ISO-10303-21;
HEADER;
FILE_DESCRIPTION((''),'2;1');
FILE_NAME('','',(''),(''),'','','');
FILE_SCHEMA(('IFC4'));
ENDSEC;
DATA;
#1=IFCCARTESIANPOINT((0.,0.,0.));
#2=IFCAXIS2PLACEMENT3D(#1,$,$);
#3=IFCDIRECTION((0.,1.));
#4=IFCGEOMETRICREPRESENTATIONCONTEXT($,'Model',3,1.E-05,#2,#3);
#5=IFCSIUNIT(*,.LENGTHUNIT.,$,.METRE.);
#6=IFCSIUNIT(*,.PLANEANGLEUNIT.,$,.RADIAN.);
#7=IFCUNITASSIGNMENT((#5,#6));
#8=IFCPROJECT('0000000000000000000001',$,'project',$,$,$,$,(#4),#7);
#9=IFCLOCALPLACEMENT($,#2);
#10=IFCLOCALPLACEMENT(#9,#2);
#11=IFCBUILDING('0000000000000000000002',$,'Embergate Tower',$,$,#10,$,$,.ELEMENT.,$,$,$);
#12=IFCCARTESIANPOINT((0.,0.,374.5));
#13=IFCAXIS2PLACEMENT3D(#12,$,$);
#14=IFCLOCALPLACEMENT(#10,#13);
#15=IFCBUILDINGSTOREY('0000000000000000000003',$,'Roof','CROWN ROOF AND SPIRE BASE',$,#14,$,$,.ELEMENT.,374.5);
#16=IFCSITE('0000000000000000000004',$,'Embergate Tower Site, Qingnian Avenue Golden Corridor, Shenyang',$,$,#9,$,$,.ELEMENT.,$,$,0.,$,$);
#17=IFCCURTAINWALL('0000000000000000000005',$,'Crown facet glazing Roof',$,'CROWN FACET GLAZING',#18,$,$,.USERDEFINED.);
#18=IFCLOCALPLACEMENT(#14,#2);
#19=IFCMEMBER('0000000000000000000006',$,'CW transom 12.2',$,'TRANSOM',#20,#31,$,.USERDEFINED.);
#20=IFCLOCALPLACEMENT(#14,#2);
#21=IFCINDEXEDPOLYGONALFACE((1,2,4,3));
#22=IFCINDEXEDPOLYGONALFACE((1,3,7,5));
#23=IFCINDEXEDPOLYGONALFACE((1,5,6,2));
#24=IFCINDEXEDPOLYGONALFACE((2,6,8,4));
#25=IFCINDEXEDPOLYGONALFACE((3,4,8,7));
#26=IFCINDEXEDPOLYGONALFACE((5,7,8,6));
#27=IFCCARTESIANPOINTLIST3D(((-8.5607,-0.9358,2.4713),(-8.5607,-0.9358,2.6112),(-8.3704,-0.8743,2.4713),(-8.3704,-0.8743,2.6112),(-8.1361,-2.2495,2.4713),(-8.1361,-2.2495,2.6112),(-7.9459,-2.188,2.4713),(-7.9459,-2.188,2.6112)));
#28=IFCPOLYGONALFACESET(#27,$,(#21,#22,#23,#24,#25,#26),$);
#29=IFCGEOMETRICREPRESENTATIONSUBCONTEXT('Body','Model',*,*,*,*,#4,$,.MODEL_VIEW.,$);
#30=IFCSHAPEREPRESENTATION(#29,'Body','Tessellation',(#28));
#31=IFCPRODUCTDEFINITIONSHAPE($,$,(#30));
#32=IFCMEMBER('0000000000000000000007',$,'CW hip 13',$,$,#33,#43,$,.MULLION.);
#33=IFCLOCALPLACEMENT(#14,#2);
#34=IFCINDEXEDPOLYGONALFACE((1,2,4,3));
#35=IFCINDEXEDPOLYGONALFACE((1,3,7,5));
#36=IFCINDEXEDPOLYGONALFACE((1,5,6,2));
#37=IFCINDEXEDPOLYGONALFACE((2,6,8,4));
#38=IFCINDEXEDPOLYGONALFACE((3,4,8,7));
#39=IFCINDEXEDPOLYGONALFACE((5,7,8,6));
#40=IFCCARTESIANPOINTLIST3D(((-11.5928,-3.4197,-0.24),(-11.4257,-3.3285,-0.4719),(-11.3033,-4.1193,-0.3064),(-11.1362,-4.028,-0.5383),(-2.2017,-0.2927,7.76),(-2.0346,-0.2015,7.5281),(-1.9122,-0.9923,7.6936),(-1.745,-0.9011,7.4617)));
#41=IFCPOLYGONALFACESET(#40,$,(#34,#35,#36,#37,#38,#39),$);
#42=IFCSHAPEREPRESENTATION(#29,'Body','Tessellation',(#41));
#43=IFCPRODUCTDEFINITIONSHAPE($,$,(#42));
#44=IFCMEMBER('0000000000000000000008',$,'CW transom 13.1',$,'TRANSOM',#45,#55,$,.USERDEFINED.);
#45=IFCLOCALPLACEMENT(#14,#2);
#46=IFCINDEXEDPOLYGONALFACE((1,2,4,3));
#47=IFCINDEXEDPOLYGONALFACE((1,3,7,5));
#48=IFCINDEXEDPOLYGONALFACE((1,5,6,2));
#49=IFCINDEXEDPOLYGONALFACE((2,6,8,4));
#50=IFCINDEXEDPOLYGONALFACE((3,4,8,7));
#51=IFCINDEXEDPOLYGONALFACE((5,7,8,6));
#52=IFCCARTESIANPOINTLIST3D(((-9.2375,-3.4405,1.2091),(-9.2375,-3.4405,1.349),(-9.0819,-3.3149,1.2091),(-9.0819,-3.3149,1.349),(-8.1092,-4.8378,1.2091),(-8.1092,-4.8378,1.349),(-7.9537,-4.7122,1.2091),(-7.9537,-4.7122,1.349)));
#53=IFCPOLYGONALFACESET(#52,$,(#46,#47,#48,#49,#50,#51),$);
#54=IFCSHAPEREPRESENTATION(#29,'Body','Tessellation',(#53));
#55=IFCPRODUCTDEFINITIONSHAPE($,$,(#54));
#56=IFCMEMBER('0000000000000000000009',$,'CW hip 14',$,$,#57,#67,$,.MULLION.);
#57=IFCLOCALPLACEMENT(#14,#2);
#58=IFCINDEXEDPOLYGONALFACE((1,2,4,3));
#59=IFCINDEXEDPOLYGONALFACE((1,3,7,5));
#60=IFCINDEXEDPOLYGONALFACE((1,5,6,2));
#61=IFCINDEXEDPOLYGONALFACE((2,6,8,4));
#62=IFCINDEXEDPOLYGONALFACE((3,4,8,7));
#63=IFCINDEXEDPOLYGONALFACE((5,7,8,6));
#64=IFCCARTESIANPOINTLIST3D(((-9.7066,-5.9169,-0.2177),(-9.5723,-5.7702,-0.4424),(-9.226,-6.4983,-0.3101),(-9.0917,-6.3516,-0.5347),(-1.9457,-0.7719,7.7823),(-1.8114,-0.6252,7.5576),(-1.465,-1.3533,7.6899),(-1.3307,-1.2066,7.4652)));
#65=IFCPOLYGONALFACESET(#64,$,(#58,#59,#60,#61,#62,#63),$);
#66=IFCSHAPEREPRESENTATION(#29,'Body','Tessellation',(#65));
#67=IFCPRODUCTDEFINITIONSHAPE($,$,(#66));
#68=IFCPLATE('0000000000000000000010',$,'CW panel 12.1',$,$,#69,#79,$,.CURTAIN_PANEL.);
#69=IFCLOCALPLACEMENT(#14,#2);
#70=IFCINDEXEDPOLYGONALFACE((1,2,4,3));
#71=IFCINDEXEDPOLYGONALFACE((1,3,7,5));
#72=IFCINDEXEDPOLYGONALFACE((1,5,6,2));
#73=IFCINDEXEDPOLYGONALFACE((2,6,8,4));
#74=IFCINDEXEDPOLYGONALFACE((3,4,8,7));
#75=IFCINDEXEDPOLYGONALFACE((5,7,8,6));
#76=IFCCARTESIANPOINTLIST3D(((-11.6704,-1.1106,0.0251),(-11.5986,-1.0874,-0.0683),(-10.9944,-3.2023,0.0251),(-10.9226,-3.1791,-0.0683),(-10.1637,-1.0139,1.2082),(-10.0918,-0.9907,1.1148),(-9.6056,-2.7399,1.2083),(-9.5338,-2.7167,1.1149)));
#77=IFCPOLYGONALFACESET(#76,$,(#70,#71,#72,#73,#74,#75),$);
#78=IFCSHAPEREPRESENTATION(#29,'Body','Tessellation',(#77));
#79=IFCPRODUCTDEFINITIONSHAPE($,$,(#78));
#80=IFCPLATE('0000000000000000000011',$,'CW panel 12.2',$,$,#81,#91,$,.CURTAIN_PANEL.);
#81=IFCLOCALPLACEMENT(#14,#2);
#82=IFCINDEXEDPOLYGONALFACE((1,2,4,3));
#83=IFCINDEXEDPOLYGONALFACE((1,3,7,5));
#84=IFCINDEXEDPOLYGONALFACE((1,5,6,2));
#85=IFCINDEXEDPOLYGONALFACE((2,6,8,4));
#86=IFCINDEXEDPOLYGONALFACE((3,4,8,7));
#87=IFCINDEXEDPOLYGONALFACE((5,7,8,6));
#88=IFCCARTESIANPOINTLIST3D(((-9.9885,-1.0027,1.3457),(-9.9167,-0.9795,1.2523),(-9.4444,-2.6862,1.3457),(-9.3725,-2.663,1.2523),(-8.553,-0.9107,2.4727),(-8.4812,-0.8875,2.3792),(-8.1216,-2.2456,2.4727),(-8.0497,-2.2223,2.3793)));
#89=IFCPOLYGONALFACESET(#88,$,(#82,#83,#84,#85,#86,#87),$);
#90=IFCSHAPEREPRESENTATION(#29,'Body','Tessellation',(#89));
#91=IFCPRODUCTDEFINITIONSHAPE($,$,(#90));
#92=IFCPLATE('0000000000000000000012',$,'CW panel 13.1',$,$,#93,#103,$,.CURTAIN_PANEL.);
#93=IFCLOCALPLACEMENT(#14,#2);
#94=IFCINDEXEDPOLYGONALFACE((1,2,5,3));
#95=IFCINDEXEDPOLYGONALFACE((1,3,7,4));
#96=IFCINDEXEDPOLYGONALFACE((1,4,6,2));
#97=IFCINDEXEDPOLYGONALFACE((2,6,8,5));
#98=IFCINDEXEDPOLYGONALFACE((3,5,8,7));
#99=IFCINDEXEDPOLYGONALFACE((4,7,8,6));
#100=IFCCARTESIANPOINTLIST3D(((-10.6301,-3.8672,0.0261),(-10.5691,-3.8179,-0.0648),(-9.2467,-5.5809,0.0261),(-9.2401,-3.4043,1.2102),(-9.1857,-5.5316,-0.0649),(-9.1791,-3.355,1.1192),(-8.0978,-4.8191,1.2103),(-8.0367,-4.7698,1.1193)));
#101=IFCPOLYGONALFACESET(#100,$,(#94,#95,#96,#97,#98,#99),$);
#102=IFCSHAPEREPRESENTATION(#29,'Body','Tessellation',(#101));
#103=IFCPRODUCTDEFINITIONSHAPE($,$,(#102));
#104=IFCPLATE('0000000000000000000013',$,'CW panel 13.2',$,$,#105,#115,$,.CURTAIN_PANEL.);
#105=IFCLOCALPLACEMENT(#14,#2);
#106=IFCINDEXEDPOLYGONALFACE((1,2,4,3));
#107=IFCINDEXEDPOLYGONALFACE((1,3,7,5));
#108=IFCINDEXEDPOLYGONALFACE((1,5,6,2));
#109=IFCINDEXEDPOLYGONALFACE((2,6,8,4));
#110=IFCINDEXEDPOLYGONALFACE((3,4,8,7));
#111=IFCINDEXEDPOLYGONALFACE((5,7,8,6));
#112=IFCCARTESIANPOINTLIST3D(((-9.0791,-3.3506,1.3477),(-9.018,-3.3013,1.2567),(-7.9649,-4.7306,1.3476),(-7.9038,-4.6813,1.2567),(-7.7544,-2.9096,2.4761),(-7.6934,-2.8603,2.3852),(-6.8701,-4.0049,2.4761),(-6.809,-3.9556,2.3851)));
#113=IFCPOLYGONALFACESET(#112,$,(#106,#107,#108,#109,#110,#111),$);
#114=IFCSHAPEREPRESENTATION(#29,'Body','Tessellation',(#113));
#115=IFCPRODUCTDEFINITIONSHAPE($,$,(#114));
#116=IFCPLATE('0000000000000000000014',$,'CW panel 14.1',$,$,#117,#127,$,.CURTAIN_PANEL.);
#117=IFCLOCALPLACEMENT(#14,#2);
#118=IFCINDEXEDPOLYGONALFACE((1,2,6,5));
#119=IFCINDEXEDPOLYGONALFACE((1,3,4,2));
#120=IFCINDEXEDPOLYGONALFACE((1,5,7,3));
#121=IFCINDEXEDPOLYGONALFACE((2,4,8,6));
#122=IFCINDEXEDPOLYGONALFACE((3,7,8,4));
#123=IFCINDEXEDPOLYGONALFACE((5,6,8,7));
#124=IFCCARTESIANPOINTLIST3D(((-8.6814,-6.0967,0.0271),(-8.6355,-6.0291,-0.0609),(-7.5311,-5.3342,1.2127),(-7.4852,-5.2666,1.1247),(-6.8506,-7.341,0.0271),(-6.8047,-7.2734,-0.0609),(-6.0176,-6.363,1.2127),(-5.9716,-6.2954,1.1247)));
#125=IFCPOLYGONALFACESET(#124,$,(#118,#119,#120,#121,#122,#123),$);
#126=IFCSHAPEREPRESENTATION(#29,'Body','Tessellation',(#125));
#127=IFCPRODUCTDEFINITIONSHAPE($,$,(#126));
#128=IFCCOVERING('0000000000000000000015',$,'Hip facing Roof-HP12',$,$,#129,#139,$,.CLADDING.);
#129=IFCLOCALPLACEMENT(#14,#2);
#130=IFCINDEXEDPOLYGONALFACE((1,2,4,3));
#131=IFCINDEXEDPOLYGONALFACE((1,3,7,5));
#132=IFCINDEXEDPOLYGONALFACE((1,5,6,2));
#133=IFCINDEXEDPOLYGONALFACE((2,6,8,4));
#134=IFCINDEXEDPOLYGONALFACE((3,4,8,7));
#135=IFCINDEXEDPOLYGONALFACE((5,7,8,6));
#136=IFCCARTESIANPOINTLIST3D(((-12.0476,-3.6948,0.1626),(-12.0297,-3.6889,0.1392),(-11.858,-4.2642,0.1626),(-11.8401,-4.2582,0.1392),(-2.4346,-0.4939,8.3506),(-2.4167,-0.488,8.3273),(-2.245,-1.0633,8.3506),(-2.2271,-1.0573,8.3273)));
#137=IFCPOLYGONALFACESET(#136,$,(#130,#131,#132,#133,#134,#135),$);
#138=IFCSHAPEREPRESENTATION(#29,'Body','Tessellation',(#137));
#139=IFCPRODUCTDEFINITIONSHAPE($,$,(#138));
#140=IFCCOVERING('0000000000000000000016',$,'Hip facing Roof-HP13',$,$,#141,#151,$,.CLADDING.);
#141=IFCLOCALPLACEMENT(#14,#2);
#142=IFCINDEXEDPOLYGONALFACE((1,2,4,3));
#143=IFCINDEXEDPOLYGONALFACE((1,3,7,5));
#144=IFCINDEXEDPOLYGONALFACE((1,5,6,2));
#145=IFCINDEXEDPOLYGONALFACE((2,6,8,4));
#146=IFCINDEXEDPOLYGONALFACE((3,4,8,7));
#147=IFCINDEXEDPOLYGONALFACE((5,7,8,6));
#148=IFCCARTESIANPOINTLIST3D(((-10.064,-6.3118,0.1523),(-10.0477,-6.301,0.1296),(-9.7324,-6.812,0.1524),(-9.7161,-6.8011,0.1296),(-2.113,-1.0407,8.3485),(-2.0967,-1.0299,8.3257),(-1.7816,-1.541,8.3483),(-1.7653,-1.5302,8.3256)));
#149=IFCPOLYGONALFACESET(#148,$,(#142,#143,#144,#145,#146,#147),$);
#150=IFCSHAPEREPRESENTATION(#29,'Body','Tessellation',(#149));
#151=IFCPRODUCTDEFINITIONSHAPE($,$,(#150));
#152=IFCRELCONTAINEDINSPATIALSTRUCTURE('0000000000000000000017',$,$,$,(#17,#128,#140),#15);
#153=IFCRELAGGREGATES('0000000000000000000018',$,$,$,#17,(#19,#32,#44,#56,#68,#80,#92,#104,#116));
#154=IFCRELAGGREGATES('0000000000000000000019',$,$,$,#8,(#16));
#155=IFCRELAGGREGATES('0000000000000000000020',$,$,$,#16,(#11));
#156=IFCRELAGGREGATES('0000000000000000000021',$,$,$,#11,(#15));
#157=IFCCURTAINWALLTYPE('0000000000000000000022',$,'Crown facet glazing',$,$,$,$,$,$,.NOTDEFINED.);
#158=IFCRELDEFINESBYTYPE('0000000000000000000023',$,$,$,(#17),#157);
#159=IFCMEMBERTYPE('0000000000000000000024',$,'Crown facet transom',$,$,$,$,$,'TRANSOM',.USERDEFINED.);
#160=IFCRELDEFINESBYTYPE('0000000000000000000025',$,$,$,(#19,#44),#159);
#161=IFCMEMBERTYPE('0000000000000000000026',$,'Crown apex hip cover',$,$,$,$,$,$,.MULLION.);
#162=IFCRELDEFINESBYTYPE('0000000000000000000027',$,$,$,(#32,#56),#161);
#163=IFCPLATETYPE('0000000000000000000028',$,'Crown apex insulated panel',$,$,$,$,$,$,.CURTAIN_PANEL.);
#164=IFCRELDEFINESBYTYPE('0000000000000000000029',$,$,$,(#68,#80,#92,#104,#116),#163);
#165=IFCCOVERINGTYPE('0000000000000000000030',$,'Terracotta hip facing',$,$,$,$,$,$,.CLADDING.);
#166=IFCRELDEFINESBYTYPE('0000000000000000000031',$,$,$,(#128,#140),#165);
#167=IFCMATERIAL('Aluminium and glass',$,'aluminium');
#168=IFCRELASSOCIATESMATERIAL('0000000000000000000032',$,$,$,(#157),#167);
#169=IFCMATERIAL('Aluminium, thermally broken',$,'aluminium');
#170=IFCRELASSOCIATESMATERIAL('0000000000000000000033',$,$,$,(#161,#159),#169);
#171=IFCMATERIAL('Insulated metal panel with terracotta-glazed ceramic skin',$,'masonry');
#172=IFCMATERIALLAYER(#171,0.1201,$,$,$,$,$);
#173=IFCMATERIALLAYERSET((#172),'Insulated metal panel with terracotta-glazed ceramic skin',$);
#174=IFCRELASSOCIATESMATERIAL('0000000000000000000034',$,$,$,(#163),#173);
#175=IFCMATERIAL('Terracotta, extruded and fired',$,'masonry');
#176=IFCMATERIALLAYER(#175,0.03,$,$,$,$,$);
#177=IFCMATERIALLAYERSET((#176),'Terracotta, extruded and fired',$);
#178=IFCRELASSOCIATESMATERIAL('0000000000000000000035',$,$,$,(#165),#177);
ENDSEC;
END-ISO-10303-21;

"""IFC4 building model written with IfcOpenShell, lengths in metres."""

from ifc_helpers import new_model, si_unit, direction, frame, origin, origin_2d, place, context, subcontext, project, spatial, polyline, rectangle, outline, extrude, source, transform, mapped, material, layer, layer_set, material_profile, profile_set, type_object, element, aggregate, save


model = new_model("IFC4")

# Units and contexts
model_context = context("Model", 3, precision=1e-05, world=origin(), true_north=direction((0.0, 1.0)))
body_context = subcontext(model_context, "Body", "Model", "MODEL_VIEW")
ifc_project = project(units=[si_unit("LENGTHUNIT", "METRE"), si_unit("PLANEANGLEUNIT", "RADIAN")], contexts=[model_context])

# Site, building, storey
site_placement = place(None, origin())
site = spatial("IfcSite", under=ifc_project, at=site_placement, Name="Embergate Tower Site, Qingnian Avenue Golden Corridor, Shenyang", CompositionType="ELEMENT", RefElevation=0.0)
building_placement = place(site_placement, origin())
building = spatial("IfcBuilding", under=site, at=building_placement, Name="Embergate Tower", CompositionType="ELEMENT")
storey_placement = place(building_placement, frame((0.0, 0.0, 374.5)))
storey = spatial("IfcBuildingStorey", under=building, at=storey_placement, Name="Roof", Description="CROWN ROOF AND SPIRE BASE", CompositionType="ELEMENT", Elevation=374.5)

# Curtain wall, members, plates
ifc_material_1 = material(Name="Aluminium and glass", Category="aluminium")
curtain_wall_type = type_object("IfcCurtainWallType", Name="Crown facet glazing", PredefinedType="NOTDEFINED", material=ifc_material_1)
curtain_wall_placement = place(storey_placement, origin())
curtain_wall = element("IfcCurtainWall", 1, at=curtain_wall_placement, inside=storey, type_object=curtain_wall_type, Name="Crown facet glazing Roof", ObjectType="CROWN FACET GLAZING", PredefinedType="USERDEFINED")
ifc_material_2 = material(Name="Aluminium, thermally broken", Category="aluminium")
ifc_material_profile_1 = material_profile(ifc_material_2, rectangle(XDim=0.3, YDim=0.76, at=origin_2d()), Name="AL 760x300")
ifc_profile_set_1 = profile_set([ifc_material_profile_1], Name="Aluminium, thermally broken")
member_type_1 = type_object("IfcMemberType", Name="Crown apex hip cover", PredefinedType="MULLION", material=ifc_profile_set_1)
ifc_material_profile_2 = material_profile(ifc_material_2, rectangle(XDim=0.2, YDim=0.1399, at=origin_2d()), Name="AL 140x200")
ifc_profile_set_2 = profile_set([ifc_material_profile_2], Name="Aluminium, thermally broken")
member_type_2 = type_object("IfcMemberType", Name="Crown facet transom", ElementType="TRANSOM", PredefinedType="USERDEFINED", material=ifc_profile_set_2)
shared_shape_1 = source(origin(), body_context, "Body", "SweptSolid", [
    extrude(rectangle(XDim=0.2, YDim=0.1399, at=origin_2d()), origin(), (0.0, 0.0, 1.0), 1.3806),
])
member_1_placement = place(storey_placement, frame((-8.4656, -0.905, 2.5413), z_axis=(0.307514, -0.951543, 0.0), x_axis=(0.951543, 0.307514, 0.0)))
member_1 = element("IfcMember", 2, at=member_1_placement, type_object=member_type_2, Name="CW transom 12.2", ObjectType="TRANSOM", PredefinedType="USERDEFINED", context=body_context, shape_type="MappedRepresentation", body=[
    mapped(shared_shape_1, transform((0.0, 0.0, 0.0))),
])
shared_shape_2 = source(origin(), body_context, "Body", "SweptSolid", [
    extrude(rectangle(XDim=0.3, YDim=0.76, at=origin_2d()), origin(), (0.0, 0.0, 1.0), 12.7268),
])
member_2_placement = place(storey_placement, frame((-11.3645, -3.7239, -0.3892), z_axis=(0.737902, 0.245699, 0.628596), x_axis=(-0.557107, -0.303989, 0.772802)))
member_2 = element("IfcMember", 3, at=member_2_placement, type_object=member_type_1, Name="CW hip 13", PredefinedType="MULLION", context=body_context, shape_type="MappedRepresentation", body=[
    mapped(shared_shape_2, transform((0.0, 0.0, 0.0))),
])
shared_shape_3 = source(origin(), body_context, "Body", "SweptSolid", [
    extrude(rectangle(XDim=0.2, YDim=0.1399, at=origin_2d()), origin(), (0.0, 0.0, 1.0), 1.7959),
])
member_3_placement = place(storey_placement, frame((-9.1597, -3.3777, 1.2791), z_axis=(0.62822, -0.778036, 0.0), x_axis=(0.778036, 0.62822, 0.0)))
member_3 = element("IfcMember", 4, at=member_3_placement, type_object=member_type_2, Name="CW transom 13.1", ObjectType="TRANSOM", PredefinedType="USERDEFINED", context=body_context, shape_type="MappedRepresentation", body=[
    mapped(shared_shape_3, transform((0.0, 0.0, 0.0))),
])
shared_shape_4 = source(origin(), body_context, "Body", "SweptSolid", [
    extrude(rectangle(XDim=0.3, YDim=0.76, at=origin_2d()), origin(), (0.0, 0.0, 1.0), 12.2761),
])
member_4_placement = place(storey_placement, frame((-9.3992, -6.1343, -0.3762), z_axis=(0.6322, 0.419107, 0.65167), x_axis=(-0.447606, -0.488971, 0.748703)))
member_4 = element("IfcMember", 5, at=member_4_placement, type_object=member_type_1, Name="CW hip 14", PredefinedType="MULLION", context=body_context, shape_type="MappedRepresentation", body=[
    mapped(shared_shape_4, transform((0.0, 0.0, 0.0))),
])
ifc_material_3 = material(Name="Insulated metal panel with terracotta-glazed ceramic skin", Category="masonry")
ifc_layer_1 = layer(ifc_material_3, 0.1201)
ifc_layer_set_1 = layer_set([ifc_layer_1], Name="Insulated metal panel with terracotta-glazed ceramic skin")
plate_type = type_object("IfcPlateType", Name="Crown apex insulated panel", PredefinedType="CURTAIN_PANEL", material=ifc_layer_set_1)
shared_shape_5 = source(origin(), body_context, "Body", "SweptSolid", [
    extrude(outline(polyline([(0.0, 0.0), (2.1982, 0.0), (2.1853, 1.8821), (0.3713, 1.8818), (0.0, 0.0)])), origin(), (0.0, 0.0, -1.0), 0.1201),
])
plate_1_placement = place(storey_placement, frame((-11.6704, -1.1106, 0.0251), z_axis=(-0.598193, -0.193328, 0.777682), x_axis=(0.307521, -0.951541, -0.000003)))
plate_1 = element("IfcPlate", 6, at=plate_1_placement, type_object=plate_type, Name="CW panel 12.1", PredefinedType="CURTAIN_PANEL", context=body_context, shape_type="MappedRepresentation", body=[
    mapped(shared_shape_5, transform((0.0, 0.0, 0.0))),
])
shared_shape_6 = source(origin(), body_context, "Body", "SweptSolid", [
    extrude(outline(polyline([(0.0, 0.0), (1.7693, 0.0), (1.7568, 1.7927), (0.354, 1.7927), (0.0, 0.0)])), origin(), (0.0, 0.0, -1.0), 0.1201),
])
plate_2_placement = place(storey_placement, frame((-9.9885, -1.0027, 1.3457), z_axis=(-0.598158, -0.193323, 0.77771), x_axis=(0.307551, -0.951531, 0.000015)))
plate_2 = element("IfcPlate", 7, at=plate_2_placement, type_object=plate_type, Name="CW panel 12.2", PredefinedType="CURTAIN_PANEL", context=body_context, shape_type="MappedRepresentation", body=[
    mapped(shared_shape_6, transform((0.0, 0.0, 0.0))),
])
shared_shape_7 = source(origin(), body_context, "Body", "SweptSolid", [
    extrude(outline(polyline([(0.0, 0.0), (2.2024, 0.0), (2.3313, 1.8127), (0.5129, 1.8125), (0.0, 0.0)])), origin(), (0.0, 0.0, -1.0), 0.1201),
])
plate_3_placement = place(storey_placement, frame((-10.6301, -3.8672, 0.0261), z_axis=(-0.508296, -0.410358, 0.757127), x_axis=(0.62814, -0.778101, -0.000025)))
plate_3 = element("IfcPlate", 8, at=plate_3_placement, type_object=plate_type, Name="CW panel 13.1", PredefinedType="CURTAIN_PANEL", context=body_context, shape_type="MappedRepresentation", body=[
    mapped(shared_shape_7, transform((0.0, 0.0, 0.0))),
])
shared_shape_8 = source(origin(), body_context, "Body", "SweptSolid", [
    extrude(outline(polyline([(0.0, 0.0), (1.7737, 0.0), (1.8967, 1.7273), (0.489, 1.7273), (0.0, 0.0)])), origin(), (0.0, 0.0, -1.0), 0.1201),
])
plate_4_placement = place(storey_placement, frame((-9.0791, -3.3506, 1.3477), z_axis=(-0.508308, -0.410396, 0.757098), x_axis=(0.628184, -0.778065, -0.000006)))
plate_4 = element("IfcPlate", 9, at=plate_4_placement, type_object=plate_type, Name="CW panel 13.2", PredefinedType="CURTAIN_PANEL", context=body_context, shape_type="MappedRepresentation", body=[
    mapped(shared_shape_8, transform((0.0, 0.0, 0.0))),
])
shared_shape_9 = source(origin(), body_context, "Body", "SweptSolid", [
    extrude(outline(polyline([(0.0, 0.0), (2.2136, 0.0), (2.3528, 1.7427), (0.5227, 1.7427), (0.0, 0.0)])), origin(), (0.0, 0.0, -1.0), 0.1201),
])
plate_5_placement = place(storey_placement, frame((-8.6814, -6.0967, 0.0271), z_axis=(-0.382441, -0.562675, 0.732895), x_axis=(0.827047, -0.562133, -0.000002)))
plate_5 = element("IfcPlate", 10, at=plate_5_placement, type_object=plate_type, Name="CW panel 14.1", PredefinedType="CURTAIN_PANEL", context=body_context, shape_type="MappedRepresentation", body=[
    mapped(shared_shape_9, transform((0.0, 0.0, 0.0))),
])
aggregate(curtain_wall, [member_1, member_2, member_3, member_4, plate_1, plate_2, plate_3, plate_4, plate_5])

# Coverings
ifc_material_4 = material(Name="Terracotta, extruded and fired", Category="masonry")
ifc_layer_2 = layer(ifc_material_4, 0.03)
ifc_layer_set_2 = layer_set([ifc_layer_2], Name="Terracotta, extruded and fired")
covering_type = type_object("IfcCoveringType", Name="Terracotta hip facing", PredefinedType="CLADDING", material=ifc_layer_set_2)
shared_shape_10 = source(origin(), body_context, "Body", "SweptSolid", [
    extrude(outline(polyline([(0.0, 0.0), (13.0269, 0.0), (13.0269, -0.6001), (0.0, -0.6001), (0.0, 0.0)])), origin(), (0.0, 0.0, -1.0), 0.03),
])
covering_1_placement = place(storey_placement, frame((-12.0476, -3.6948, 0.1626), z_axis=(-0.596359, -0.198573, 0.777769), x_axis=(0.737935, 0.245716, 0.62855)))
element("IfcCovering", 11, at=covering_1_placement, inside=storey, type_object=covering_type, Name="Hip facing Roof-HP12", PredefinedType="CLADDING", context=body_context, shape_type="MappedRepresentation", body=[
    mapped(shared_shape_10, transform((0.0, 0.0, 0.0))),
])
shared_shape_11 = source(origin(), body_context, "Body", "SweptSolid", [
    extrude(outline(polyline([(0.0, 0.0), (12.5769, 0.0), (12.5767, -0.6001), (0.0, -0.6001), (0.0, 0.0)])), origin(), (0.0, 0.0, -1.0), 0.03),
])
covering_2_placement = place(storey_placement, frame((-10.064, -6.3118, 0.1523), z_axis=(-0.543207, -0.360017, 0.758494), x_axis=(0.63219, 0.419105, 0.65168)))
element("IfcCovering", 12, at=covering_2_placement, inside=storey, type_object=covering_type, Name="Hip facing Roof-HP13", PredefinedType="CLADDING", context=body_context, shape_type="MappedRepresentation", body=[
    mapped(shared_shape_11, transform((0.0, 0.0, 0.0))),
])

save(model, "model.ifc")
